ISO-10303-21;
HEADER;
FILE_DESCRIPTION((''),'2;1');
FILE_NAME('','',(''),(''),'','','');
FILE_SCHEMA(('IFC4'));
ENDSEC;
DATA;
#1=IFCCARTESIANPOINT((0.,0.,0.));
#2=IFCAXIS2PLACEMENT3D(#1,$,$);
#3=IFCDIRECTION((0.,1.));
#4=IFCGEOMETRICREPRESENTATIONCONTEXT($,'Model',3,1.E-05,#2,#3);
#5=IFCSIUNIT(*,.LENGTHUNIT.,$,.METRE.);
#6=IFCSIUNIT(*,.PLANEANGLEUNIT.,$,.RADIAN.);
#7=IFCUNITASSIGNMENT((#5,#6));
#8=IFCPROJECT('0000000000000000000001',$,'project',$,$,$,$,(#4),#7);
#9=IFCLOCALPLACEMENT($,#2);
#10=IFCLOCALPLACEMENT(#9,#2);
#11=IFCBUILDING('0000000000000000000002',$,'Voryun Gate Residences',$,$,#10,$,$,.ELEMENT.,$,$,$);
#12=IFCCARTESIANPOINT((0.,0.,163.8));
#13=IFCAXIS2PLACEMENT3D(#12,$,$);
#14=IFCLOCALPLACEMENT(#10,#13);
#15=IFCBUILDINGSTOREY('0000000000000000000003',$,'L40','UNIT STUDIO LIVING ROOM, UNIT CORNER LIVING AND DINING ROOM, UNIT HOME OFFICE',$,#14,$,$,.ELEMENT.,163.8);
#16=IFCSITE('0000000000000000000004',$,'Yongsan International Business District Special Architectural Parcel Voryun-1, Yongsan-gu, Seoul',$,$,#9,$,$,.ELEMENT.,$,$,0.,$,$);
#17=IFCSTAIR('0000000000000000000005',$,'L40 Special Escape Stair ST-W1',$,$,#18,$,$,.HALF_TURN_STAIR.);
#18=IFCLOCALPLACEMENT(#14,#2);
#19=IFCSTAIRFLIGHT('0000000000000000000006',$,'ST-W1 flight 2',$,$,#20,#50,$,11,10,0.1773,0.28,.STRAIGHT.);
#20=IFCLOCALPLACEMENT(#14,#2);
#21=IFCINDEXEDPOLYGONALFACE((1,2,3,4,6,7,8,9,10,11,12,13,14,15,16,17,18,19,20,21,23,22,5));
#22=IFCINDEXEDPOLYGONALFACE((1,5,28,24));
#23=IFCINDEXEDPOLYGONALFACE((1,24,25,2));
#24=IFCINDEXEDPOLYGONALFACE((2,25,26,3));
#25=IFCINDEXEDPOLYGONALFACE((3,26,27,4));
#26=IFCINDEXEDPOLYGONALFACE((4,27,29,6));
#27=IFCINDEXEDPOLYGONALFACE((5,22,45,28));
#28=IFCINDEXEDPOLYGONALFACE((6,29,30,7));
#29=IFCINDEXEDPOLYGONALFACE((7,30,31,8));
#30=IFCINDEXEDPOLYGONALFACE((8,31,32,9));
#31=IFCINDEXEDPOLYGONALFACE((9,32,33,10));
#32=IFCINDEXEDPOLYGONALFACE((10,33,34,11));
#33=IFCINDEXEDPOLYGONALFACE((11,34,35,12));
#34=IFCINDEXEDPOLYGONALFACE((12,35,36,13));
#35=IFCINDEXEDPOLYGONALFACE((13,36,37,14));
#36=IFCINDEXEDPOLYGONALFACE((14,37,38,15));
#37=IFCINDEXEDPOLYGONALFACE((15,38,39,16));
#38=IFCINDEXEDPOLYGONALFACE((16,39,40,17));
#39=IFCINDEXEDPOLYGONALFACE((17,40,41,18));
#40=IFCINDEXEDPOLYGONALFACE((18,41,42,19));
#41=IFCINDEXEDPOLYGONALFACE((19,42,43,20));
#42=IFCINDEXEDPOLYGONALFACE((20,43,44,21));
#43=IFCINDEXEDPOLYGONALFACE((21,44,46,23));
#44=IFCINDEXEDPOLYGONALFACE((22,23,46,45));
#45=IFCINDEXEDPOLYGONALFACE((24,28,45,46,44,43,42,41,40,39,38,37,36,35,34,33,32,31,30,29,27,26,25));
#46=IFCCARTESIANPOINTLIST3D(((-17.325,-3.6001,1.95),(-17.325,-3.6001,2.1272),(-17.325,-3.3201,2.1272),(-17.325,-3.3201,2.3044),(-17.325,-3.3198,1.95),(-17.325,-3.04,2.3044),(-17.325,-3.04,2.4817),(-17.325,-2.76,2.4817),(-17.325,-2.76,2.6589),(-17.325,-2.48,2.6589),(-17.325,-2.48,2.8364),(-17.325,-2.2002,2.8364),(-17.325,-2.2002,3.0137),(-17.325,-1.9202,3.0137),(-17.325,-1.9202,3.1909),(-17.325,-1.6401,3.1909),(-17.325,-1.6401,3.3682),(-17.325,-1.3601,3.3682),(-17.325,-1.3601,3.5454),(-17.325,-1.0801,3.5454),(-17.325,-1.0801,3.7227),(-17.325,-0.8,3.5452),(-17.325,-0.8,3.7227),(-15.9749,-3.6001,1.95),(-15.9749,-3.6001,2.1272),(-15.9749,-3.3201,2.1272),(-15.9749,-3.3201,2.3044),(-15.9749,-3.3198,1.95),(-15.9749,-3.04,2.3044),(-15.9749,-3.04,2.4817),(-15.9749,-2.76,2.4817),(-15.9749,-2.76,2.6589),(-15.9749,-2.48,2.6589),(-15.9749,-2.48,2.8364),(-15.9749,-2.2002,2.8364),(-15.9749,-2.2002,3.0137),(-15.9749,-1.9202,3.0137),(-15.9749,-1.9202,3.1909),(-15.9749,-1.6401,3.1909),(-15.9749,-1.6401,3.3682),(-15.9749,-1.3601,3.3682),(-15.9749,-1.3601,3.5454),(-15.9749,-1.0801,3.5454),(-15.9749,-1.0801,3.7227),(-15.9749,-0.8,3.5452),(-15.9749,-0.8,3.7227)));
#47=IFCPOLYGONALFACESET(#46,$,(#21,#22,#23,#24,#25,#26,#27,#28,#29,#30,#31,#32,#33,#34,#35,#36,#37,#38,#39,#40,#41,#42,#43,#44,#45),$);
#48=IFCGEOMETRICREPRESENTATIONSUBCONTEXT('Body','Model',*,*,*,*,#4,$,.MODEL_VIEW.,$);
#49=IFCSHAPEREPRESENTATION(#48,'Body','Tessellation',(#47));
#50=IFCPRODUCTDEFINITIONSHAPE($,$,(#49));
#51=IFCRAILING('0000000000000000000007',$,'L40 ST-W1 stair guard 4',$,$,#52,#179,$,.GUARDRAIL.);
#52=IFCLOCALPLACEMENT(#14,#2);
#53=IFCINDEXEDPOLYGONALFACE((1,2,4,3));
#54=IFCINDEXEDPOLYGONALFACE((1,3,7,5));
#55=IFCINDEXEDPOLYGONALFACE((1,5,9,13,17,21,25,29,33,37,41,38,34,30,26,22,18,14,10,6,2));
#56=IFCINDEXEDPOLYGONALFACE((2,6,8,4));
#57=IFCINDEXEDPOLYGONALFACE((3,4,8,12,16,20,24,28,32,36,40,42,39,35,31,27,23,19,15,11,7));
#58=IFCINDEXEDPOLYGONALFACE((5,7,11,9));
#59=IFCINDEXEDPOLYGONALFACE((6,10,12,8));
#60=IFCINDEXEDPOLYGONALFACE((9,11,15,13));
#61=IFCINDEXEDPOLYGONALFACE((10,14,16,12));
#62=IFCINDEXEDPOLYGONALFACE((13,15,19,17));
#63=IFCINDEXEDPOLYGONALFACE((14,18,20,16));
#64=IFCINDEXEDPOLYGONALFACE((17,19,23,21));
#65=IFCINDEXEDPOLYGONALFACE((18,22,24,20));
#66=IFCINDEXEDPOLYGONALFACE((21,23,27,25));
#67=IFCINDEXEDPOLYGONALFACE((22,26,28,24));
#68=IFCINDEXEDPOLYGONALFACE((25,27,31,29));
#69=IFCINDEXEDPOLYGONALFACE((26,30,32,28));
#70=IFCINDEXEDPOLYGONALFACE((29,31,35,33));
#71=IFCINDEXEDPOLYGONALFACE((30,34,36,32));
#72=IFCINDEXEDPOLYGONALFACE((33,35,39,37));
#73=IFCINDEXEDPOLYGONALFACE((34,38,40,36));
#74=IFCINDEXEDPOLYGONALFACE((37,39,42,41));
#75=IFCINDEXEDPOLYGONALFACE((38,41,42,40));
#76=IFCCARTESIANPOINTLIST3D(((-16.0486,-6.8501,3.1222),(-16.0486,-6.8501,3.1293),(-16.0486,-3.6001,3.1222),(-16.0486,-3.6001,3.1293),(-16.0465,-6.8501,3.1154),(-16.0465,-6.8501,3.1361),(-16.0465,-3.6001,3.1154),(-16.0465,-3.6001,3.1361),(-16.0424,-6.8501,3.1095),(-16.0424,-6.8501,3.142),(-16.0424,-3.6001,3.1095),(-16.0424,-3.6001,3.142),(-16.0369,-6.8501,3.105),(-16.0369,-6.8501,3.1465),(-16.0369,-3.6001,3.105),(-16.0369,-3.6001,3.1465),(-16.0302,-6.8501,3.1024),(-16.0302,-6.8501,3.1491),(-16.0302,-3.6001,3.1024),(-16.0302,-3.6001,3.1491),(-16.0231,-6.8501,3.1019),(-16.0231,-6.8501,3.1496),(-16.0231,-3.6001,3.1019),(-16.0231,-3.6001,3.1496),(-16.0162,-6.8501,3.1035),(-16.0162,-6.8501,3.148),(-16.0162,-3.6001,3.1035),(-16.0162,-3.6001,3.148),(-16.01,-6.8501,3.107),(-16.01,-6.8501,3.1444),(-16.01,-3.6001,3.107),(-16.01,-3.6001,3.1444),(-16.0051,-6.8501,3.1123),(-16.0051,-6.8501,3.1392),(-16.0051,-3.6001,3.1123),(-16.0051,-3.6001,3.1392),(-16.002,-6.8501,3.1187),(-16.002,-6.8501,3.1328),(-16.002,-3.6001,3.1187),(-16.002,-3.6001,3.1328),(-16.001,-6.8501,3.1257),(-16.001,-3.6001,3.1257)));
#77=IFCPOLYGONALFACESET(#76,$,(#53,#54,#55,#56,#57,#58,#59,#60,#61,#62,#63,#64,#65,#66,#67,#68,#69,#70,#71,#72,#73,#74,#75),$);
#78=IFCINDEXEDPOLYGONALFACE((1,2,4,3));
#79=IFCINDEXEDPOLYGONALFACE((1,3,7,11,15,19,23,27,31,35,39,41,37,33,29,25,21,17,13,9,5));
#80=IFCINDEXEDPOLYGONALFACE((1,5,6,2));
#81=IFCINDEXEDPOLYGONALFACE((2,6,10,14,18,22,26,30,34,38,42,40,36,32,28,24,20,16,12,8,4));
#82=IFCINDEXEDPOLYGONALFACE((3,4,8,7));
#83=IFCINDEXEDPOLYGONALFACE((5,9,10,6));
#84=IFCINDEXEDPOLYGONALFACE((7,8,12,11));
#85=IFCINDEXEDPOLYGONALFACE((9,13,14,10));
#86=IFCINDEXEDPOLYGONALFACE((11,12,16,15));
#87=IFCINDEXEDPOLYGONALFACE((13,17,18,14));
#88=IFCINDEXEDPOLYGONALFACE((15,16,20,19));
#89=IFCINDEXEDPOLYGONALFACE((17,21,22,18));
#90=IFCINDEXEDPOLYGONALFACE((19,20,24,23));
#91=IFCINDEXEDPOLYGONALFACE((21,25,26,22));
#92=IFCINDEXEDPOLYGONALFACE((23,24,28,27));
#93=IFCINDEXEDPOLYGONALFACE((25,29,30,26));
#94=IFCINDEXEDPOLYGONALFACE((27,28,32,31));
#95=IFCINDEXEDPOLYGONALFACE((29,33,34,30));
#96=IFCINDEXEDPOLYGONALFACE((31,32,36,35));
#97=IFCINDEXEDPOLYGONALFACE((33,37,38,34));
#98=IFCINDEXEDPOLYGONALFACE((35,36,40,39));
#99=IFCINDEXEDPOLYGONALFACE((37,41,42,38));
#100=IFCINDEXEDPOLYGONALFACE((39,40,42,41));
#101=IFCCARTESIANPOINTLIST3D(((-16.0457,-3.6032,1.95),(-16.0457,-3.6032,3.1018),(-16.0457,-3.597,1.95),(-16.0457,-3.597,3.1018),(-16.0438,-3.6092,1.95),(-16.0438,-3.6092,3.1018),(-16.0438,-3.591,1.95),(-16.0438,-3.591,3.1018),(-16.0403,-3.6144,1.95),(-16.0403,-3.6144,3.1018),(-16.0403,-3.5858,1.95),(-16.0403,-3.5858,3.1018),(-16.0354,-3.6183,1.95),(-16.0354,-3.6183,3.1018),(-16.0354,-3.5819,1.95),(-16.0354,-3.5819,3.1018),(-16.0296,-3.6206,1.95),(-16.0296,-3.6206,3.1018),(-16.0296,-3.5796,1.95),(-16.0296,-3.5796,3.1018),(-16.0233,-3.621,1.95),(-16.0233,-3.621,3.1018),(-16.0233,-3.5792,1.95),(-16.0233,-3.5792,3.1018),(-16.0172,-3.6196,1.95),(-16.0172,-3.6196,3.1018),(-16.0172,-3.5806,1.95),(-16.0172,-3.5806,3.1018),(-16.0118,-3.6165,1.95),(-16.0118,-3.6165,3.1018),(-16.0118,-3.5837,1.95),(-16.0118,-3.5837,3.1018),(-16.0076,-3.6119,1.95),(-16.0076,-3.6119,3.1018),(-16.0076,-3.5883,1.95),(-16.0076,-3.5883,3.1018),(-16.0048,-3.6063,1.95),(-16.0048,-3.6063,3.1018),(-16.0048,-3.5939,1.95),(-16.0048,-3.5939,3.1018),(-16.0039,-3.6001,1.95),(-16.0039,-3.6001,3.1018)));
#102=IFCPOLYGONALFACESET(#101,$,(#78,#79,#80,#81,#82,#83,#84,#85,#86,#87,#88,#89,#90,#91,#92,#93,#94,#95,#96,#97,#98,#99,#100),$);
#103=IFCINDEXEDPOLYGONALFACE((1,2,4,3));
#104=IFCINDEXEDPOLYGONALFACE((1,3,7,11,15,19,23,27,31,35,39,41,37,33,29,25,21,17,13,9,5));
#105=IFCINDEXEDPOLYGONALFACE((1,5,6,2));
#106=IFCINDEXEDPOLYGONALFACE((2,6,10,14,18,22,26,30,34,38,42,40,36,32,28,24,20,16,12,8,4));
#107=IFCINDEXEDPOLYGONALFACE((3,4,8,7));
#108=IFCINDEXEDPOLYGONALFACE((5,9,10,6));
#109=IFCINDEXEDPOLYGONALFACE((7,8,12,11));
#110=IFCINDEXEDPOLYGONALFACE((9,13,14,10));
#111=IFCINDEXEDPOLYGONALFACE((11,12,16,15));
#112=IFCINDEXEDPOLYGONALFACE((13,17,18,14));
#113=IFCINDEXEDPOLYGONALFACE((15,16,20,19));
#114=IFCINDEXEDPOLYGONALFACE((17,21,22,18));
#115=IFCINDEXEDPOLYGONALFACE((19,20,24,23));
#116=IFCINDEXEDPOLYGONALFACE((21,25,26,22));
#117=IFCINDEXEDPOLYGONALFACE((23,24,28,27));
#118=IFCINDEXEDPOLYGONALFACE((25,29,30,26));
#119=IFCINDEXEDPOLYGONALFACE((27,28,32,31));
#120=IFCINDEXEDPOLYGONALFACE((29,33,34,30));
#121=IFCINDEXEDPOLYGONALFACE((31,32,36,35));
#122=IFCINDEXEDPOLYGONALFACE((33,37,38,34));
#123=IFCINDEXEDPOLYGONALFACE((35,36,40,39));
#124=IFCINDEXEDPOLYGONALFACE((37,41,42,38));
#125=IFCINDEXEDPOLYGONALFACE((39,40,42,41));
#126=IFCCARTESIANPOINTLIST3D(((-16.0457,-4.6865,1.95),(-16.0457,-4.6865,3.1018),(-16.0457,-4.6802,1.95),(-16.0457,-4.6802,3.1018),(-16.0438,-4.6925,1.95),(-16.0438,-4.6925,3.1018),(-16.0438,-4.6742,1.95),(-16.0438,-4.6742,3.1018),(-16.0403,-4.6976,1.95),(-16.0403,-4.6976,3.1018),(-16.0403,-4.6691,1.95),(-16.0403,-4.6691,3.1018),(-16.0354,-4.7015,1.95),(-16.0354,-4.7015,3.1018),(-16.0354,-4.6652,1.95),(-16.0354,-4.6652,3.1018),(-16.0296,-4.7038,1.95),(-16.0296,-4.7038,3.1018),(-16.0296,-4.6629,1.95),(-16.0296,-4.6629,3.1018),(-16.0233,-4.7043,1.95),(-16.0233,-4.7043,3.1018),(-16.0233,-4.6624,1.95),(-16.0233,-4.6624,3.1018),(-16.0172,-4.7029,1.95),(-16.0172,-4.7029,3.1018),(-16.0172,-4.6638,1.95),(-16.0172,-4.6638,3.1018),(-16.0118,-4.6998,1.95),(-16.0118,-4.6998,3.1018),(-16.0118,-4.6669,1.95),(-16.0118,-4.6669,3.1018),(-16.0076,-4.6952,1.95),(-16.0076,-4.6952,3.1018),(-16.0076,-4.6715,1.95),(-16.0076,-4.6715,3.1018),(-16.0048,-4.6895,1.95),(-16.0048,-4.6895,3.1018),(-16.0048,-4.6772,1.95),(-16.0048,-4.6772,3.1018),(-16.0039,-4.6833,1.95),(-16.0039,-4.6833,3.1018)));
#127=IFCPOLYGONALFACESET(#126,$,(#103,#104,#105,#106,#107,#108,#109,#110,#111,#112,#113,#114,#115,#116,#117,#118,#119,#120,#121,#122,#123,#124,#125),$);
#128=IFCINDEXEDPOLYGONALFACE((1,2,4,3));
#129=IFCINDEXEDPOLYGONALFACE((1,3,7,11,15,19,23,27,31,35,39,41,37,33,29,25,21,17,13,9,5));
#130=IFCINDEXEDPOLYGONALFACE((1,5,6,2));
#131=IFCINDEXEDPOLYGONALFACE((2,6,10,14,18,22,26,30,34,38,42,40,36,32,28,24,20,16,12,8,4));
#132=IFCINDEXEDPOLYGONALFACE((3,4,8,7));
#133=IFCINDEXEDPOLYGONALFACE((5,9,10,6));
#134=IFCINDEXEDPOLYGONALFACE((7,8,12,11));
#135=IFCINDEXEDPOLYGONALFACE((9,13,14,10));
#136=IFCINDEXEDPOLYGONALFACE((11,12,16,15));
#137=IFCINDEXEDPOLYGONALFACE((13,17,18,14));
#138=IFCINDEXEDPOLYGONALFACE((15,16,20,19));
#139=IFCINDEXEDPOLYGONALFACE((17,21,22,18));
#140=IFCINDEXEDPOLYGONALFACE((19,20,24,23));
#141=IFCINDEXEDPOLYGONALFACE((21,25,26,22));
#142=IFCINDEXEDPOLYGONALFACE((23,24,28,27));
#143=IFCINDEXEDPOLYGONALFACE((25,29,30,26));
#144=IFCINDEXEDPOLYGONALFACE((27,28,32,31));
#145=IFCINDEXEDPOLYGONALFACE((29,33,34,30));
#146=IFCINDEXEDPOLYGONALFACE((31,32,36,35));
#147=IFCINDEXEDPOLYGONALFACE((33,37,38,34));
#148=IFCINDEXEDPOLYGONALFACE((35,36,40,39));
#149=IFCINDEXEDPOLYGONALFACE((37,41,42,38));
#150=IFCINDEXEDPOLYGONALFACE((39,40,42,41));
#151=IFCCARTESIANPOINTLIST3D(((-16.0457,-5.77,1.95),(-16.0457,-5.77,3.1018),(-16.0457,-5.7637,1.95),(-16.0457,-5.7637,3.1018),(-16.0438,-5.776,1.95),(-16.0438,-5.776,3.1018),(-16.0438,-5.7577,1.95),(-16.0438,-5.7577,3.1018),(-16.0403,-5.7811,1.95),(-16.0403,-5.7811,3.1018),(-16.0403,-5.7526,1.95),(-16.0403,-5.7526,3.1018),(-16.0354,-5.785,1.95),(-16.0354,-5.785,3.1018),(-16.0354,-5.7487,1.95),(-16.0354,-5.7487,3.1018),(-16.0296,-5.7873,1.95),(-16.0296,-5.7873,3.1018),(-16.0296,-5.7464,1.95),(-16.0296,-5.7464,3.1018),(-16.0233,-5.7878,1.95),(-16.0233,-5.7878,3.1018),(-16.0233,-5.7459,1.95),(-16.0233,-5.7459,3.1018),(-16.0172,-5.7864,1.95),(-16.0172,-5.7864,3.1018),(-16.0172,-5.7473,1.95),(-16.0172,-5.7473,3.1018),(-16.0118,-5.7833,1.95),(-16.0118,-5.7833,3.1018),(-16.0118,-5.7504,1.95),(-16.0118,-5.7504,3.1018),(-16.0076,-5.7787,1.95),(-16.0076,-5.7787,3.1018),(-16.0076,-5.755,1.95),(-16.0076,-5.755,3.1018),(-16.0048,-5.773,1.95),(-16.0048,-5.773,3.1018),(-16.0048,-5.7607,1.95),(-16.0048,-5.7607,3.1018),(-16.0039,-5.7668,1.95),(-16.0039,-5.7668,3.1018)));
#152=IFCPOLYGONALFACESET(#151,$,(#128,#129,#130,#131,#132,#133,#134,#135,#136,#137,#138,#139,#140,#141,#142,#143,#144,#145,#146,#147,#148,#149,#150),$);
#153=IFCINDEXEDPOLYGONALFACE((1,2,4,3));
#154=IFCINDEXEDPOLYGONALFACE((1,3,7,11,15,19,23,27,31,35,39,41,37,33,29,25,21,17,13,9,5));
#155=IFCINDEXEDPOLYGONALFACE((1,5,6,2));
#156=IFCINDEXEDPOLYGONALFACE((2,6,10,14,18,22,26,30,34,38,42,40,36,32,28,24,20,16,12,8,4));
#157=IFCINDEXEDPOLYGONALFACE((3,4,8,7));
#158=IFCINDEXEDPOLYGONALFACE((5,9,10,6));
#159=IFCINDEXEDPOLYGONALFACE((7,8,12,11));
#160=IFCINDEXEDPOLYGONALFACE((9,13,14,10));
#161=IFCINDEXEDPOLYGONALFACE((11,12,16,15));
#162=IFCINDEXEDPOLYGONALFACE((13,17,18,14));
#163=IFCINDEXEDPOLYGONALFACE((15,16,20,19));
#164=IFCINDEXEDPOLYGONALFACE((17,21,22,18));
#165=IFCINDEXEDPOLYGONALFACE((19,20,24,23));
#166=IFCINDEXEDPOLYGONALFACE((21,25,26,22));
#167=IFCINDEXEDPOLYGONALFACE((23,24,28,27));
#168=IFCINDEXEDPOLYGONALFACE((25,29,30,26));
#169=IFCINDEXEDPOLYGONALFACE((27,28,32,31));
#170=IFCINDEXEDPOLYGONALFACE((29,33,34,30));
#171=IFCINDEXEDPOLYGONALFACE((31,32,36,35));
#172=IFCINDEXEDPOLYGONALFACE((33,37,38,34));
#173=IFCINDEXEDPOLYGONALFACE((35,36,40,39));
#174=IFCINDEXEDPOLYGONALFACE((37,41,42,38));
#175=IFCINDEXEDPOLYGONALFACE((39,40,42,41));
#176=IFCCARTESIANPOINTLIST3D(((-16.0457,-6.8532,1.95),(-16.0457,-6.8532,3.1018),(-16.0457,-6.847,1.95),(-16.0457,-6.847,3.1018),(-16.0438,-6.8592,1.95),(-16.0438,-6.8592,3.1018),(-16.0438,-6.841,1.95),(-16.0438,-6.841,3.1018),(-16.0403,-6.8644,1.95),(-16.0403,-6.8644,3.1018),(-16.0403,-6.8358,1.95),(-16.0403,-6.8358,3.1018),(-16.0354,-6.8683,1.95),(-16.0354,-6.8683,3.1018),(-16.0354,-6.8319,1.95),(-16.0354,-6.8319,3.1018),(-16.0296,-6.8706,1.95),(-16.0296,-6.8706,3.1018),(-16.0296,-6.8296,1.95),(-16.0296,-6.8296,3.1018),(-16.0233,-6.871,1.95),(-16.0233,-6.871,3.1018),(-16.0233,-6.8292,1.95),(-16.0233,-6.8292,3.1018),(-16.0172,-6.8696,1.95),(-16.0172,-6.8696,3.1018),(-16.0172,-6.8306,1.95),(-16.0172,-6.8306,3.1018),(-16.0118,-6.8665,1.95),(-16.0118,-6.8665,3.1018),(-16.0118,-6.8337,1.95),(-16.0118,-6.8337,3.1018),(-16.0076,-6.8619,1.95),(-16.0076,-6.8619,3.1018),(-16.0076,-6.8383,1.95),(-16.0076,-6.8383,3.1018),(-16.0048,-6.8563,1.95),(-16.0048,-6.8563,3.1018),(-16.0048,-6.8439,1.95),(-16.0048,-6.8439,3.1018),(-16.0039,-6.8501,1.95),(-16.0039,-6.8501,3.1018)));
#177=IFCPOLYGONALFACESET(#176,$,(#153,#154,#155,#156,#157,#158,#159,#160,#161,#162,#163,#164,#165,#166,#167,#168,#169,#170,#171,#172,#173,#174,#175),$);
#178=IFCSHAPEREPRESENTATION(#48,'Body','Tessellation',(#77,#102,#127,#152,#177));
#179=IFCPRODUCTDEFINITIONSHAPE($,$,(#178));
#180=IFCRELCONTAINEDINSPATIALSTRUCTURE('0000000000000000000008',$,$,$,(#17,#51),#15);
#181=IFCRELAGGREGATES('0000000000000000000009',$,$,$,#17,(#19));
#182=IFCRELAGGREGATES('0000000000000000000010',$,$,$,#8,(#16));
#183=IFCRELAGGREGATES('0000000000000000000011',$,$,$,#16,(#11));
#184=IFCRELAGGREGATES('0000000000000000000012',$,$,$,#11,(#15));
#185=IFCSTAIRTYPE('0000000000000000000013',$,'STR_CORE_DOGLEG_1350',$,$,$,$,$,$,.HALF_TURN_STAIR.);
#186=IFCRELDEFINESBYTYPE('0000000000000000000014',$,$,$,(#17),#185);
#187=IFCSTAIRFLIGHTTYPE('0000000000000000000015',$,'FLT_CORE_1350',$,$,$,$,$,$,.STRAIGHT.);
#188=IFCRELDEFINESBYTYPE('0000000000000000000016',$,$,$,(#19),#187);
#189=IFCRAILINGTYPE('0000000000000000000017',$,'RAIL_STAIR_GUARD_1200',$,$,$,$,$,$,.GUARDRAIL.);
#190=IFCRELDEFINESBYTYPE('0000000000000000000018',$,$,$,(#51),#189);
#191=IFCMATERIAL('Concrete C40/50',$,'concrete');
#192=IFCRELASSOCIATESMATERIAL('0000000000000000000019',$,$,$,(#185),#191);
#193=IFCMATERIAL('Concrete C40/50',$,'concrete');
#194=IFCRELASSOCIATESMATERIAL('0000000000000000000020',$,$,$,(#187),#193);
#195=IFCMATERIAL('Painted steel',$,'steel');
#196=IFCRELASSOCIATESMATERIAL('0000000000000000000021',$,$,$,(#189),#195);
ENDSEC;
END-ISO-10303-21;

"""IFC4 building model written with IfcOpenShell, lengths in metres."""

from ifc_helpers import new_model, si_unit, direction, frame, origin, origin_2d, place, context, subcontext, project, spatial, polyline, circle, outline, extrude, material, type_object, element, aggregate, save


model = new_model("IFC4")

# Units and contexts
model_context = context("Model", 3, precision=1e-05, world=origin(), true_north=direction((0.0, 1.0)))
body_context = subcontext(model_context, "Body", "Model", "MODEL_VIEW")
ifc_project = project(units=[si_unit("LENGTHUNIT", "METRE"), si_unit("PLANEANGLEUNIT", "RADIAN")], contexts=[model_context])

# Site, building, storey
site_placement = place(None, origin())
site = spatial("IfcSite", under=ifc_project, at=site_placement, Name="Yongsan International Business District Special Architectural Parcel Voryun-1, Yongsan-gu, Seoul", CompositionType="ELEMENT", RefElevation=0.0)
building_placement = place(site_placement, origin())
building = spatial("IfcBuilding", under=site, at=building_placement, Name="Voryun Gate Residences", CompositionType="ELEMENT")
storey_placement = place(building_placement, frame((0.0, 0.0, 163.8)))
storey = spatial("IfcBuildingStorey", under=building, at=storey_placement, Name="L40", Description="UNIT STUDIO LIVING ROOM, UNIT CORNER LIVING AND DINING ROOM, UNIT HOME OFFICE", CompositionType="ELEMENT", Elevation=163.8)

# Stair, stair flight
ifc_material_1 = material(Name="Concrete C40/50", Category="concrete")
stair_type = type_object("IfcStairType", Name="STR_CORE_DOGLEG_1350", PredefinedType="HALF_TURN_STAIR", material=ifc_material_1)
stair_placement = place(storey_placement, origin())
stair = element("IfcStair", 1, at=stair_placement, inside=storey, type_object=stair_type, Name="L40 Special Escape Stair ST-W1", PredefinedType="HALF_TURN_STAIR")
ifc_material_2 = material(Name="Concrete C40/50", Category="concrete")
stair_flight_type = type_object("IfcStairFlightType", Name="FLT_CORE_1350", PredefinedType="STRAIGHT", material=ifc_material_2)
stair_flight_placement = place(storey_placement, frame((-16.6499, -3.6001, 1.95), z_axis=(0.0, 0.0, 1.0), x_axis=(0.0, 1.0, 0.0)))
stair_flight = element("IfcStairFlight", 2, at=stair_flight_placement, type_object=stair_flight_type, Name="ST-W1 flight 2", NumberOfRisers=11, NumberOfTreads=10, PredefinedType="STRAIGHT", RiserHeight=0.1773, TreadLength=0.28, context=body_context, shape_type="SweptSolid", body=[
    extrude(outline(polyline([(0.0, 0.0), (0.0, 0.1772), (0.28, 0.1772), (0.28, 0.3545), (0.5601, 0.3545), (0.5601, 0.5317), (0.8401, 0.5317), (0.8401, 0.709), (1.1201, 0.709), (1.1201, 0.8865), (1.3999, 0.8865), (1.3999, 1.0637), (1.6799, 1.0637), (1.6799, 1.241), (1.96, 1.241), (1.96, 1.4182), (2.24, 1.4182), (2.24, 1.5955), (2.52, 1.5955), (2.52, 1.7727), (2.8, 1.7727), (2.8, 1.95), (2.8, 1.5952), (0.2803, 0.0), (0.0, 0.0)])), frame((0.0, 0.675, 0.0), z_axis=(0.0, -1.0, 0.0), x_axis=(1.0, 0.0, 0.0)), (0.0, 0.0, 1.0), 1.3501),
])
aggregate(stair, [stair_flight])

# Railing
ifc_material_3 = material(Name="Painted steel", Category="steel")
railing_type_1 = type_object("IfcRailingType", Name="RAIL_STAIR_GUARD_1200", PredefinedType="GUARDRAIL", material=ifc_material_3)
railing_1_placement = place(storey_placement, frame((-16.0249, -3.6001, 1.95)))
element("IfcRailing", 3, at=railing_1_placement, inside=storey, type_object=railing_type_1, Name="L40 ST-W1 stair guard 4", PredefinedType="GUARDRAIL", context=body_context, shape_type="SweptSolid", body=[
    extrude(circle(Radius=0.0239, at=origin_2d()), frame((0.0, 0.0, 1.1758), z_axis=(0.0, -1.0, 0.0), x_axis=(1.0, 0.0, 0.0)), (0.0, 0.0, 1.0), 3.25),
    extrude(circle(Radius=0.021, at=origin_2d()), origin(), (0.0, 0.0, 1.0), 1.1519),
    extrude(circle(Radius=0.021, at=origin_2d()), frame((0.0, -1.0833, 0.0)), (0.0, 0.0, 1.0), 1.1519),
    extrude(circle(Radius=0.021, at=origin_2d()), frame((0.0, -2.1667, 0.0)), (0.0, 0.0, 1.0), 1.1519),
    extrude(circle(Radius=0.021, at=origin_2d()), frame((0.0, -3.25, 0.0)), (0.0, 0.0, 1.0), 1.1519),
])

save(model, "model.ifc")
